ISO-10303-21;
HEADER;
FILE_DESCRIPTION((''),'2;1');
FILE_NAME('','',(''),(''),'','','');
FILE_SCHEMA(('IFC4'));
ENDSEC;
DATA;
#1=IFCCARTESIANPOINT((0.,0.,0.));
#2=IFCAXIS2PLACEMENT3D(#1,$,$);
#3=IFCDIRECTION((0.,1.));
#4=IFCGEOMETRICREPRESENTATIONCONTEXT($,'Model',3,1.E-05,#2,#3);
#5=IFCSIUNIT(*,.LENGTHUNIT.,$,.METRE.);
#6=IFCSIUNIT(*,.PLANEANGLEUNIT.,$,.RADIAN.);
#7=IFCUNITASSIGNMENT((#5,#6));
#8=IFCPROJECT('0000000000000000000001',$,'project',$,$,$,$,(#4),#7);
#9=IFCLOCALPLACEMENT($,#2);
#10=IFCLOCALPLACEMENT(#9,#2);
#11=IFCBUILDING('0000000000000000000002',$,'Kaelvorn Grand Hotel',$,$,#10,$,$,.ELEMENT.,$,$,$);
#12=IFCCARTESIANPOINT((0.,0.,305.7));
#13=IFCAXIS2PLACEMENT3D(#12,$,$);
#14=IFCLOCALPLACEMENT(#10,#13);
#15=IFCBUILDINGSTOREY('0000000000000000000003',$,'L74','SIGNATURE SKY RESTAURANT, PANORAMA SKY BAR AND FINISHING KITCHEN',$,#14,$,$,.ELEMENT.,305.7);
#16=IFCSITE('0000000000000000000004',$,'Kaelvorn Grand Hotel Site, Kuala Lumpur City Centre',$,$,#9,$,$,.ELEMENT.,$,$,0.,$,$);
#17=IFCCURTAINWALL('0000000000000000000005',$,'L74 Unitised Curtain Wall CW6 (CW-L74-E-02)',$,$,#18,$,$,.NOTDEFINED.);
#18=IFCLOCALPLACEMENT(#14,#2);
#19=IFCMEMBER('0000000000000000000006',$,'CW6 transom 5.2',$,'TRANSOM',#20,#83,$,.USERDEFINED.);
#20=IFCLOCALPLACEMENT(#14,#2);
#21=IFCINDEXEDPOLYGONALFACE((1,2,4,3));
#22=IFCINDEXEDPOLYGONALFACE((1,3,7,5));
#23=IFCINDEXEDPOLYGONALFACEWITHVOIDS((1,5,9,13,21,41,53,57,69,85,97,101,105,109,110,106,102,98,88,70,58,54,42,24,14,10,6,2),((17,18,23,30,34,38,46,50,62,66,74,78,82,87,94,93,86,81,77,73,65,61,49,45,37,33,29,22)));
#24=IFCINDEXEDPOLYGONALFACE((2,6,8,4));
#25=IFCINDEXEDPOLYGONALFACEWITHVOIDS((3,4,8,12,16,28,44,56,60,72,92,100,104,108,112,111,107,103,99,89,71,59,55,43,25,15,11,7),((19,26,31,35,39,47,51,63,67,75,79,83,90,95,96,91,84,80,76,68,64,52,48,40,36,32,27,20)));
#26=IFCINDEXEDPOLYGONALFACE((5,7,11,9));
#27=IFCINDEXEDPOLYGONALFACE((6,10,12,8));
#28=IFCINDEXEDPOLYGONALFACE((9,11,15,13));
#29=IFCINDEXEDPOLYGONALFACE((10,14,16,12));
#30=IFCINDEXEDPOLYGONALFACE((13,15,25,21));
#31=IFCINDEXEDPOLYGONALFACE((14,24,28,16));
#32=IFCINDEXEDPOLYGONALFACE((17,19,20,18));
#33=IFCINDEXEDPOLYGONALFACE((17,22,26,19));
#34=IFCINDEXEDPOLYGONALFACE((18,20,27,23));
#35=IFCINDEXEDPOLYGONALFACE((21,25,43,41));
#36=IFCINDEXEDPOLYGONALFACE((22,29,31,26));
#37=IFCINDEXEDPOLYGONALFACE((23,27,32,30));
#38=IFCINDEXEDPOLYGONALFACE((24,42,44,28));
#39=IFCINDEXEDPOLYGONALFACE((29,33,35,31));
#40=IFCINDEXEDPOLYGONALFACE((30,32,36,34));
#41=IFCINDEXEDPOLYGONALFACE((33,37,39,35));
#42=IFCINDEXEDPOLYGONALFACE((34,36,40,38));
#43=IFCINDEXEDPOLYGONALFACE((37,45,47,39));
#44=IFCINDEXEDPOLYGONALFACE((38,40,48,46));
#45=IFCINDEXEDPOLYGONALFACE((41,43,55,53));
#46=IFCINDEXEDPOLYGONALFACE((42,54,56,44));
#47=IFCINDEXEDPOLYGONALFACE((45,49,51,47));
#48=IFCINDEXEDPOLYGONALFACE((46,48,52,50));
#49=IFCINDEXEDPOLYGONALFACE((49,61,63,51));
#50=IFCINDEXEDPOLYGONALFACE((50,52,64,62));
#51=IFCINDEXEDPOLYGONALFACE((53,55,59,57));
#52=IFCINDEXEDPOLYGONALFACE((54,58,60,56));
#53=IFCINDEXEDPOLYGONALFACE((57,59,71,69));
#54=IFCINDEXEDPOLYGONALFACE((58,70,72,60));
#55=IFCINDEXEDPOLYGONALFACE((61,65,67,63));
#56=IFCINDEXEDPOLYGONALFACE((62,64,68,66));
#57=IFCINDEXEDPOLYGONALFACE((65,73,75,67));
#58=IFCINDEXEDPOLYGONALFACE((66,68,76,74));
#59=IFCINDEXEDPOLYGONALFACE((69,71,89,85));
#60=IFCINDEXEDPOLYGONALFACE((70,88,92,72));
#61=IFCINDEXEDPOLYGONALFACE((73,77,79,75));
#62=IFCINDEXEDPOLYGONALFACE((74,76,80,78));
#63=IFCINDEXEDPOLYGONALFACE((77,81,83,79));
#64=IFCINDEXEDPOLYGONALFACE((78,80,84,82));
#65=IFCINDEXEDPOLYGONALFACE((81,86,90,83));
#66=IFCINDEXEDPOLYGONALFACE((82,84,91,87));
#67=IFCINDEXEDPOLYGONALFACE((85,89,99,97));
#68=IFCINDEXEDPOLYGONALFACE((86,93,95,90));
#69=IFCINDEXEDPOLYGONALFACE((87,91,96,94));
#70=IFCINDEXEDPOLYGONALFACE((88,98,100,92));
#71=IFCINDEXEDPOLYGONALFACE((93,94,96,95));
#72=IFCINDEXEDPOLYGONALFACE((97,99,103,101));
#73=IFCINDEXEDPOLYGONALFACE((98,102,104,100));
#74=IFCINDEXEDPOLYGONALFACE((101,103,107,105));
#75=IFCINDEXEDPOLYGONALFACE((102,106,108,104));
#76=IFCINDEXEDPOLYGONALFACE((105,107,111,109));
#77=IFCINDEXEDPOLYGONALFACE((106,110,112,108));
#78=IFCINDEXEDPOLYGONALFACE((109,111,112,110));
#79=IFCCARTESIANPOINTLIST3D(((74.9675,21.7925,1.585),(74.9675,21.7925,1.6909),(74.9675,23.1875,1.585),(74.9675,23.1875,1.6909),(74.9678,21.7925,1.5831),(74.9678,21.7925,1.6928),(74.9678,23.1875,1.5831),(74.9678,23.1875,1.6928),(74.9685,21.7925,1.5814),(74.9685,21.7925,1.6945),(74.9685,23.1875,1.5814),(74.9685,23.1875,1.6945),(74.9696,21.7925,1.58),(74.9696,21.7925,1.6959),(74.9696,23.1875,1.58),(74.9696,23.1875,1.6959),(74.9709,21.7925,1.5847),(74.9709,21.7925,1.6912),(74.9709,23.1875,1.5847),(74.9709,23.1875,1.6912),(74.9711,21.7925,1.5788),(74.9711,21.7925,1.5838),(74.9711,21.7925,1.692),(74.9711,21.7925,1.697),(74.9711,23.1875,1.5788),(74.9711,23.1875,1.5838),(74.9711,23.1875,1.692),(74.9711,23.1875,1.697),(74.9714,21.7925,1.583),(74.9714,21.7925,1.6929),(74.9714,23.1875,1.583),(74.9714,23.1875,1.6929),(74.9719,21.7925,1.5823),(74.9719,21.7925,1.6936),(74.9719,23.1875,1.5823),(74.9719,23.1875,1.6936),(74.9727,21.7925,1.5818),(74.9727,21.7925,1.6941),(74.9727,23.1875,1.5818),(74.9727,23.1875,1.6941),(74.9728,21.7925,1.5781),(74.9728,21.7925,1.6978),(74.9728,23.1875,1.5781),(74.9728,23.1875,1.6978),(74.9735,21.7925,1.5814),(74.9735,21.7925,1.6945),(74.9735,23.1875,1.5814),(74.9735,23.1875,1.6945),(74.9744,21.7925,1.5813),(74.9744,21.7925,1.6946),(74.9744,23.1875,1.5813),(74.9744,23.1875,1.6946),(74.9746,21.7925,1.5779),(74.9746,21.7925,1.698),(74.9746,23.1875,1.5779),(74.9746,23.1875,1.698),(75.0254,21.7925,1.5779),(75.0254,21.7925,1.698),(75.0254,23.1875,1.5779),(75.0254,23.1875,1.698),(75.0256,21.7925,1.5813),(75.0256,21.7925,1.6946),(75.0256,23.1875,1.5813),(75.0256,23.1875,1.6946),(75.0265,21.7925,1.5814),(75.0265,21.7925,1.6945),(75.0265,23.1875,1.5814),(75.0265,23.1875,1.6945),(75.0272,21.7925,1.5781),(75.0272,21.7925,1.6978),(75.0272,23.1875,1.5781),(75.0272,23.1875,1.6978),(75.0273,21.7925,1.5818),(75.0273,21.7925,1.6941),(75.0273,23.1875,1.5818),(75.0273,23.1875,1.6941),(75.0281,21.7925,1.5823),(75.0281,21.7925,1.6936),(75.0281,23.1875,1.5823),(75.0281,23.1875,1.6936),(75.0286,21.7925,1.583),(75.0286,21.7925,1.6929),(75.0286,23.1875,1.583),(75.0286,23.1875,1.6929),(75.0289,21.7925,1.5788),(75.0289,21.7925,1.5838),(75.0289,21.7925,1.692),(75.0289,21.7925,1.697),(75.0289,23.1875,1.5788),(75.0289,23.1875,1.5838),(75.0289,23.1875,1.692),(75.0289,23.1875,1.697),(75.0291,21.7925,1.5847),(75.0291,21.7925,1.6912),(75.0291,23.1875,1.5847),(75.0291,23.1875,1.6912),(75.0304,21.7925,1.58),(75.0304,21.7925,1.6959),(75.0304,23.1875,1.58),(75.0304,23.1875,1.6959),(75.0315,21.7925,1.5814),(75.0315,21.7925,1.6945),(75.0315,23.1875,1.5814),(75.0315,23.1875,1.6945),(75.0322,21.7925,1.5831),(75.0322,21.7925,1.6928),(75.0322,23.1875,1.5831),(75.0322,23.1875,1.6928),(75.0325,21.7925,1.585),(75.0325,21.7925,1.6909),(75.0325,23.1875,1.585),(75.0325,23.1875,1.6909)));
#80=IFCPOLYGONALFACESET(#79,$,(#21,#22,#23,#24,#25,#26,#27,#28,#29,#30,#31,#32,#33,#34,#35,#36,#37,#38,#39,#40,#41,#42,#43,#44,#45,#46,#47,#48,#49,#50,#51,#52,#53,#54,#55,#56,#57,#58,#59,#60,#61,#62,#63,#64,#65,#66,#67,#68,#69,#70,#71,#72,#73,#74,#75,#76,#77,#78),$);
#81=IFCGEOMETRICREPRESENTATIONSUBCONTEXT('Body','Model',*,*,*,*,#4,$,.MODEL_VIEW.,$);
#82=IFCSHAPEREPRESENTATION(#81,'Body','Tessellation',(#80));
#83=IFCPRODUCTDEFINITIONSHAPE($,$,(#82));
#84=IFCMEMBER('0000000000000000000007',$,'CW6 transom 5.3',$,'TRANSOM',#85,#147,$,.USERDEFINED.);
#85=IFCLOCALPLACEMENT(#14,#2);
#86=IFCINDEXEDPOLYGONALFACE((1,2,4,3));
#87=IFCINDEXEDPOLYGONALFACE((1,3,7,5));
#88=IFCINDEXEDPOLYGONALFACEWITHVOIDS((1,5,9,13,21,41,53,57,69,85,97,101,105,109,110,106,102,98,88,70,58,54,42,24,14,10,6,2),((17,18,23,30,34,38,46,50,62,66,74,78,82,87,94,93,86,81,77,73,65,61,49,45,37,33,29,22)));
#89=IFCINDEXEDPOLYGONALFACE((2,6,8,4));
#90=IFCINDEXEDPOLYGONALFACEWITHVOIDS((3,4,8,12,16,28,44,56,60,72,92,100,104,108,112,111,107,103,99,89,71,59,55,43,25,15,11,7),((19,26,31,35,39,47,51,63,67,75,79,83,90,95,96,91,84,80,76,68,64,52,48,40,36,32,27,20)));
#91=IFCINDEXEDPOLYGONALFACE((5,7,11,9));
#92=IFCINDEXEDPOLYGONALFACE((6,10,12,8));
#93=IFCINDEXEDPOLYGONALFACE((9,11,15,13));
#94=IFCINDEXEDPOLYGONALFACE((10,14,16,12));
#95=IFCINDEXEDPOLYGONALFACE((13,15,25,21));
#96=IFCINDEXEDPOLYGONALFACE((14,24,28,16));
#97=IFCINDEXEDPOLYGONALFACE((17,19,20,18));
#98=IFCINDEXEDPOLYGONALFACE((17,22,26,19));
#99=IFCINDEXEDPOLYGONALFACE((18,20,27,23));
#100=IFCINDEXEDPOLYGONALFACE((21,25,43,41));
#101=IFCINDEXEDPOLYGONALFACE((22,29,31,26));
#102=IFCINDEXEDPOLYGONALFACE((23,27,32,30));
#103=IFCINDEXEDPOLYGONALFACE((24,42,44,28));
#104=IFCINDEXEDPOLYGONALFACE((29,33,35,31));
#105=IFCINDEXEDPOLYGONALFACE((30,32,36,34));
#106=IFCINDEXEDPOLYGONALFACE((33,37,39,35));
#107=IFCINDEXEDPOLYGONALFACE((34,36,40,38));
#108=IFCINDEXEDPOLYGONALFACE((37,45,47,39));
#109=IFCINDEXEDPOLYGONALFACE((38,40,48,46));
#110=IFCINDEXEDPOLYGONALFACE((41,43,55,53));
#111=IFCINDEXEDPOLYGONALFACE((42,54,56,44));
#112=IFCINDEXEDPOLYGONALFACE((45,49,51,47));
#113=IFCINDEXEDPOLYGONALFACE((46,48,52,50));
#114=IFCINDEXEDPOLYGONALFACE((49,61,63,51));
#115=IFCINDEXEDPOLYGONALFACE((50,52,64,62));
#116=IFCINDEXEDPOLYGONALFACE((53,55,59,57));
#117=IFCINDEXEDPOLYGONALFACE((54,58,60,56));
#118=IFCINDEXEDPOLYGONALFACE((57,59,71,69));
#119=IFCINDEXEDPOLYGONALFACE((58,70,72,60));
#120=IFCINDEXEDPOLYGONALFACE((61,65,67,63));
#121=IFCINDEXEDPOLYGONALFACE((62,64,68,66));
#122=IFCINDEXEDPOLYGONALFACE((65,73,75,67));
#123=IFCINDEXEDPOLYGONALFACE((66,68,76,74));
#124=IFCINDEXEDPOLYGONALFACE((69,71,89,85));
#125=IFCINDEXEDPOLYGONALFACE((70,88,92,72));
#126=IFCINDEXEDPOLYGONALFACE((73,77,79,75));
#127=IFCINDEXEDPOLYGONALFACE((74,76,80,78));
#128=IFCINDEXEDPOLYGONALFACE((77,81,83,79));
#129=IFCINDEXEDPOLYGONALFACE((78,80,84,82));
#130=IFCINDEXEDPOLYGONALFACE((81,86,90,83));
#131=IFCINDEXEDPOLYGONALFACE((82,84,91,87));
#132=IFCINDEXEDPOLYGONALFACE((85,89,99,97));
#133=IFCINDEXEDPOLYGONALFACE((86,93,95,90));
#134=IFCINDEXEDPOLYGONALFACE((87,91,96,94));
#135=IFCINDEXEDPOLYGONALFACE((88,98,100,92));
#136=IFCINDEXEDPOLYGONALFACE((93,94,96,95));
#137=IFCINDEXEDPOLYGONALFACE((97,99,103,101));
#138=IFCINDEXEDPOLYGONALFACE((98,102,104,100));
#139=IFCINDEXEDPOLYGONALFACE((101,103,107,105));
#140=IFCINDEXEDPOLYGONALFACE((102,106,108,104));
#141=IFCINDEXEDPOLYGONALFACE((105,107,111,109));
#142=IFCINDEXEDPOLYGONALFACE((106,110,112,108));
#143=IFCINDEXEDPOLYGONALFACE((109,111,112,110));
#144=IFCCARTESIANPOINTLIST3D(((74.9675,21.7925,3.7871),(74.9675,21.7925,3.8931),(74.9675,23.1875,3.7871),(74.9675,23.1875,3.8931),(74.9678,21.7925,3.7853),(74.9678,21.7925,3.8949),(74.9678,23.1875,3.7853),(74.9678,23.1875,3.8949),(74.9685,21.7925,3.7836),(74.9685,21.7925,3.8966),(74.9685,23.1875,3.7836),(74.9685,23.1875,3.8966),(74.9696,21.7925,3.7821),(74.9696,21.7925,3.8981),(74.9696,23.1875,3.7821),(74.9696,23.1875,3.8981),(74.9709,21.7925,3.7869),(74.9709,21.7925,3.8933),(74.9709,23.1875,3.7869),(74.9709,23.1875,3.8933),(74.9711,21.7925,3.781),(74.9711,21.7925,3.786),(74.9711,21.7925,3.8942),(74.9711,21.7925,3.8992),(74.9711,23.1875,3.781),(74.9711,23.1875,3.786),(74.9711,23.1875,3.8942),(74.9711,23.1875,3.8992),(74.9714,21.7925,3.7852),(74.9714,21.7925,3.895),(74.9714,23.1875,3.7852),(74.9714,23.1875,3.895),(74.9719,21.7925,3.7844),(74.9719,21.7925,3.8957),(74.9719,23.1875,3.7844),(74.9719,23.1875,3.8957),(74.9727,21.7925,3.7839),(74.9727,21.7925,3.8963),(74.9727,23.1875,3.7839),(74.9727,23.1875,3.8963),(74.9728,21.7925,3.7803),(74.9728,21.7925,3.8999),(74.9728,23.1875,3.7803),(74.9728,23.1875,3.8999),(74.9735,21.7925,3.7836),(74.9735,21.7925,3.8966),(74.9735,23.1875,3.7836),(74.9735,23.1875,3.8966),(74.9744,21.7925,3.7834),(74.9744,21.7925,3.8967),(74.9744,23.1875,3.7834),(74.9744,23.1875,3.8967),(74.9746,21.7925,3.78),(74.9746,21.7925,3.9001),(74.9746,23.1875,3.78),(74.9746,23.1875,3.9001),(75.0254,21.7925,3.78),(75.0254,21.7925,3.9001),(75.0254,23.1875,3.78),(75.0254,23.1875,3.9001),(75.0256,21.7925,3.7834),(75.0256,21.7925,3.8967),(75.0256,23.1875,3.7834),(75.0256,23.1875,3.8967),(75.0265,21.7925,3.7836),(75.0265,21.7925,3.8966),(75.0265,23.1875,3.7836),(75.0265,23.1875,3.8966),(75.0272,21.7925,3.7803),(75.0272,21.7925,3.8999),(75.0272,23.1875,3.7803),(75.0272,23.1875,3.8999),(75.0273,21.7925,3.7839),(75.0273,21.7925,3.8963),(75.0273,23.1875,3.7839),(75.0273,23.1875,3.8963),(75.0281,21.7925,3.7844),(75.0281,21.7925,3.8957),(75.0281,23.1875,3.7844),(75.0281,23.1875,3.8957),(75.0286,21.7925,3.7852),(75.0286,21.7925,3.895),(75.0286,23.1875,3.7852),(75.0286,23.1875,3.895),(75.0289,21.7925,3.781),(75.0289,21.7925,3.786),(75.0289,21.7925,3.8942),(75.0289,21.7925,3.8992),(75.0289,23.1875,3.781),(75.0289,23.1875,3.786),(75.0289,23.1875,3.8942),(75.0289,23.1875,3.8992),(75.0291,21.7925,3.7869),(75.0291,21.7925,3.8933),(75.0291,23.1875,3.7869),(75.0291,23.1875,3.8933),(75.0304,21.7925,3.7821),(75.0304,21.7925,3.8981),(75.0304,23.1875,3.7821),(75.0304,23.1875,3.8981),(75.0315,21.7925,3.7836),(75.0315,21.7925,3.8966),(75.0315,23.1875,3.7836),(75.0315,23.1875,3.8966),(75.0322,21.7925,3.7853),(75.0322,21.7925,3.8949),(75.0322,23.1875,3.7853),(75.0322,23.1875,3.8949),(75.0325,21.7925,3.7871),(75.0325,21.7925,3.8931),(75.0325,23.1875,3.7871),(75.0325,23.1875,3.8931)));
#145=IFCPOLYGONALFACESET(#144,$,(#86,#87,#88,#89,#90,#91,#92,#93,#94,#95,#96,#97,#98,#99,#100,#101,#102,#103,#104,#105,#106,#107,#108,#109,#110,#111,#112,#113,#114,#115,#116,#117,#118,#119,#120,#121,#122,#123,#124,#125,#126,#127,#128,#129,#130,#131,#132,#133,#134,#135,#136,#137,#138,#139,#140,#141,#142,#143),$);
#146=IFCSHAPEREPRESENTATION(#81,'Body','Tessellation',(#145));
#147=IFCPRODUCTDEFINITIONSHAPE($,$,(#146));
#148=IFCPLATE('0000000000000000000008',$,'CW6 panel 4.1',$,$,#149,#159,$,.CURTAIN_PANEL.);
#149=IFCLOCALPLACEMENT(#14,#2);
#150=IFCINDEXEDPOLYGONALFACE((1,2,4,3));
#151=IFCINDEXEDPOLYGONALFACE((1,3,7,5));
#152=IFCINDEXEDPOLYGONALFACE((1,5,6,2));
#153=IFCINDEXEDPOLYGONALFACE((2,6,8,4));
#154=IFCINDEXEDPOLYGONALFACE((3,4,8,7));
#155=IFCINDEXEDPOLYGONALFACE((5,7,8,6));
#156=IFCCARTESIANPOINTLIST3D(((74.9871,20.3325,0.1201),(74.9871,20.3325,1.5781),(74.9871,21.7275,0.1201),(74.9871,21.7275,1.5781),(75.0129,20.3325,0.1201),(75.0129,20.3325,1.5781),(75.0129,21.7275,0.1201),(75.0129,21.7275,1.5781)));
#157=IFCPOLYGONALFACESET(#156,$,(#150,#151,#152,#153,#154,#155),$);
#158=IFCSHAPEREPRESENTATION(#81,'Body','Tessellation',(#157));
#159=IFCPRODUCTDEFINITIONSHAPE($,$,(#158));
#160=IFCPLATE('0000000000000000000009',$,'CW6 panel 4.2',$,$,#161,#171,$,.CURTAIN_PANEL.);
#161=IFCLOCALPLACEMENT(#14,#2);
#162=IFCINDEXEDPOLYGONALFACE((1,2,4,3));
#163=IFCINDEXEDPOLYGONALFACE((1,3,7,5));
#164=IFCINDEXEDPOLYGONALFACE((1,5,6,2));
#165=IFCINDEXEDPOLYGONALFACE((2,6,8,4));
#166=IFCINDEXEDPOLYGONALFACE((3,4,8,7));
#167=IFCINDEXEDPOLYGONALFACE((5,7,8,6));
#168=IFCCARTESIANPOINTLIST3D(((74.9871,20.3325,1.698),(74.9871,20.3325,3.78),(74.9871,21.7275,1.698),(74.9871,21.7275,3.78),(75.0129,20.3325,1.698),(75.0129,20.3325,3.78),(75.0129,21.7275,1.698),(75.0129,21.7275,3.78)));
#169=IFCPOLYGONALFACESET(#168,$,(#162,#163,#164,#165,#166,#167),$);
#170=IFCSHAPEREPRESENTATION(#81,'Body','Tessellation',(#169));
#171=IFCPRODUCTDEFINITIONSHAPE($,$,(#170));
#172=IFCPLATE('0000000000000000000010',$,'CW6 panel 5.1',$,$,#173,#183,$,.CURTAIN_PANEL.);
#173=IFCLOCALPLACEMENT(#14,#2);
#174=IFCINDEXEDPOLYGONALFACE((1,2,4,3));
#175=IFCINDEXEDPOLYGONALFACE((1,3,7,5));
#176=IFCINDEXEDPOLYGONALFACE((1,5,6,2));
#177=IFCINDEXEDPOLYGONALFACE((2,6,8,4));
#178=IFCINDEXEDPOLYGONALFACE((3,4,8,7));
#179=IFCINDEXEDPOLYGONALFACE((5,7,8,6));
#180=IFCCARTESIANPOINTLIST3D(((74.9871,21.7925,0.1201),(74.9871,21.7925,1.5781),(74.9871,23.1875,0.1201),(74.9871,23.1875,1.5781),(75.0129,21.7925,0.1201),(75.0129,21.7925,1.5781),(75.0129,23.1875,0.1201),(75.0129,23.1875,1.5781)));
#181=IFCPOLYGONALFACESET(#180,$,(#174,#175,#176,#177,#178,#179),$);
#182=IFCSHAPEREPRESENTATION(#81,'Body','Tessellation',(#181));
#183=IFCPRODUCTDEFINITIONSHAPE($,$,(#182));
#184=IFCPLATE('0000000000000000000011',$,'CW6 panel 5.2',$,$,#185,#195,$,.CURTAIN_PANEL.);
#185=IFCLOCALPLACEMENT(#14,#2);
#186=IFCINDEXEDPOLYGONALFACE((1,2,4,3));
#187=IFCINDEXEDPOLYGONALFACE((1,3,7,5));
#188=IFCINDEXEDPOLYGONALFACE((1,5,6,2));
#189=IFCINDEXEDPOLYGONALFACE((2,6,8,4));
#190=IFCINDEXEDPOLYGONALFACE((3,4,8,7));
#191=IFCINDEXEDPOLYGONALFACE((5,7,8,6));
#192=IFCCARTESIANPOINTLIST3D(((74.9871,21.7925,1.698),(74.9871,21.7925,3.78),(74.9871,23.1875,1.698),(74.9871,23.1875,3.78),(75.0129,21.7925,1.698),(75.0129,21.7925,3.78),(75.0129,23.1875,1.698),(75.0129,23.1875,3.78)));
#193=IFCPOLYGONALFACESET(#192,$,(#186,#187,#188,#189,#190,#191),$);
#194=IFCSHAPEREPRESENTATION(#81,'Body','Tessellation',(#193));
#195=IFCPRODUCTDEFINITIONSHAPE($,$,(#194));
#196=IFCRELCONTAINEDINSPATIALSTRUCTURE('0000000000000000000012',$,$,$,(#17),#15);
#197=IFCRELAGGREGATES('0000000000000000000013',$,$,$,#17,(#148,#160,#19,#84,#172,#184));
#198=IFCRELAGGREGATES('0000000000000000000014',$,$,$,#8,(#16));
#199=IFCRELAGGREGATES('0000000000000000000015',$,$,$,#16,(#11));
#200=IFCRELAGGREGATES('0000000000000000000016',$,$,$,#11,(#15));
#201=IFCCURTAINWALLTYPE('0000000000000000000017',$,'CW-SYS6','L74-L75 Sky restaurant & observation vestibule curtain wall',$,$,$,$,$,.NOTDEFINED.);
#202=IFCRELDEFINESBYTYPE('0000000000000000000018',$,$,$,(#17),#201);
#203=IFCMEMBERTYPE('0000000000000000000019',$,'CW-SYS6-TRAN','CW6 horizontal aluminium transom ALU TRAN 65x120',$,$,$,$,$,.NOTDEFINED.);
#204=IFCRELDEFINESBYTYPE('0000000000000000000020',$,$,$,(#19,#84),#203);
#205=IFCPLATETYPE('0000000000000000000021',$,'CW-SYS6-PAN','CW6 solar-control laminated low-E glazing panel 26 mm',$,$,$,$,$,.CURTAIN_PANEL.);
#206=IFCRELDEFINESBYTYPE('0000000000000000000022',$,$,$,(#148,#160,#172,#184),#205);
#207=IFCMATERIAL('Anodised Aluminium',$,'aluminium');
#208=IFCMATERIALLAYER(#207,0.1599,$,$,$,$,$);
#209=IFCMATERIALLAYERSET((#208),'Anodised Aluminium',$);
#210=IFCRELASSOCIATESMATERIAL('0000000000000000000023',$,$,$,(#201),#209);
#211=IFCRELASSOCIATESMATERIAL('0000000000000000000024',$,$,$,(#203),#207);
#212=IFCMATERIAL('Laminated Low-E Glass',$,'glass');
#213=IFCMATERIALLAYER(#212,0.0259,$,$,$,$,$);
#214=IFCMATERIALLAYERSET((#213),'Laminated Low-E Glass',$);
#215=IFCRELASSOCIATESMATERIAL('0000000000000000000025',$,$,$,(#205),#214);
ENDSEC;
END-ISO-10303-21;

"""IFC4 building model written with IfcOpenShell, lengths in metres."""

from ifc_helpers import new_model, si_unit, direction, frame, origin, origin_2d, place, context, subcontext, project, spatial, rectangle, hollow_rectangle, extrude, material, layer, layer_set, material_profile, profile_set, type_object, element, aggregate, save


model = new_model("IFC4")

# Units and contexts
model_context = context("Model", 3, precision=1e-05, world=origin(), true_north=direction((0.0, 1.0)))
body_context = subcontext(model_context, "Body", "Model", "MODEL_VIEW")
ifc_project = project(units=[si_unit("LENGTHUNIT", "METRE"), si_unit("PLANEANGLEUNIT", "RADIAN")], contexts=[model_context])

# Site, building, storey
site_placement = place(None, origin())
site = spatial("IfcSite", under=ifc_project, at=site_placement, Name="Kaelvorn Grand Hotel Site, Kuala Lumpur City Centre", CompositionType="ELEMENT", RefElevation=0.0)
building_placement = place(site_placement, origin())
building = spatial("IfcBuilding", under=site, at=building_placement, Name="Kaelvorn Grand Hotel", CompositionType="ELEMENT")
storey_placement = place(building_placement, frame((0.0, 0.0, 305.7)))
storey = spatial("IfcBuildingStorey", under=building, at=storey_placement, Name="L74", Description="SIGNATURE SKY RESTAURANT, PANORAMA SKY BAR AND FINISHING KITCHEN", CompositionType="ELEMENT", Elevation=305.7)

# Curtain wall, members, plates
ifc_material_1 = material(Name="Anodised Aluminium", Category="aluminium")
ifc_layer_1 = layer(ifc_material_1, 0.1599)
ifc_layer_set_1 = layer_set([ifc_layer_1], Name="Anodised Aluminium")
curtain_wall_type = type_object("IfcCurtainWallType", Name="CW-SYS6", Description="L74-L75 Sky restaurant & observation vestibule curtain wall", PredefinedType="NOTDEFINED", material=ifc_layer_set_1)
curtain_wall_placement = place(storey_placement, origin())
curtain_wall = element("IfcCurtainWall", 1, at=curtain_wall_placement, inside=storey, type_object=curtain_wall_type, Name="L74 Unitised Curtain Wall CW6 (CW-L74-E-02)", PredefinedType="NOTDEFINED")
ifc_material_profile_1 = material_profile(ifc_material_1, hollow_rectangle(XDim=0.0649, YDim=0.1201, WallThickness=0.0034, InnerFilletRadius=0.0034, OuterFilletRadius=0.0071, at=origin_2d()), Name="ALU TRAN 65x120")
ifc_profile_set_1 = profile_set([ifc_material_profile_1], Name="Anodised Aluminium")
member_type_1 = type_object("IfcMemberType", Name="CW-SYS6-TRAN", Description="CW6 horizontal aluminium transom ALU TRAN 65x120", PredefinedType="NOTDEFINED", material=ifc_profile_set_1)
member_1_placement = place(storey_placement, frame((75.0, 21.7925, 1.6379), z_axis=(0.0, 1.0, 0.0), x_axis=(-1.0, 0.0, 0.0)))
member_1 = element("IfcMember", 2, at=member_1_placement, type_object=member_type_1, Name="CW6 transom 5.2", ObjectType="TRANSOM", PredefinedType="USERDEFINED", context=body_context, shape_type="SweptSolid", body=[
    extrude(hollow_rectangle(XDim=0.0649, YDim=0.1201, WallThickness=0.0034, InnerFilletRadius=0.0034, OuterFilletRadius=0.0071, at=origin_2d()), origin(), (0.0, 0.0, 1.0), 1.395),
])
member_2_placement = place(storey_placement, frame((75.0, 21.7925, 3.8401), z_axis=(0.0, 1.0, 0.0), x_axis=(-1.0, 0.0, 0.0)))
member_2 = element("IfcMember", 3, at=member_2_placement, type_object=member_type_1, Name="CW6 transom 5.3", ObjectType="TRANSOM", PredefinedType="USERDEFINED", context=body_context, shape_type="SweptSolid", body=[
    extrude(hollow_rectangle(XDim=0.0649, YDim=0.1201, WallThickness=0.0034, InnerFilletRadius=0.0034, OuterFilletRadius=0.0071, at=origin_2d()), origin(), (0.0, 0.0, 1.0), 1.395),
])
ifc_material_2 = material(Name="Laminated Low-E Glass", Category="glass")
ifc_layer_2 = layer(ifc_material_2, 0.0259)
ifc_layer_set_2 = layer_set([ifc_layer_2], Name="Laminated Low-E Glass")
plate_type = type_object("IfcPlateType", Name="CW-SYS6-PAN", Description="CW6 solar-control laminated low-E glazing panel 26 mm", PredefinedType="CURTAIN_PANEL", material=ifc_layer_set_2)
plate_1_placement = place(storey_placement, frame((75.0, 21.03, 0.1201), z_axis=(0.0, 0.0, 1.0), x_axis=(0.0, 1.0, 0.0)))
plate_1 = element("IfcPlate", 4, at=plate_1_placement, type_object=plate_type, Name="CW6 panel 4.1", PredefinedType="CURTAIN_PANEL", context=body_context, shape_type="SweptSolid", body=[
    extrude(rectangle(XDim=1.395, YDim=0.0259, at=origin_2d()), origin(), (0.0, 0.0, 1.0), 1.458),
])
plate_2_placement = place(storey_placement, frame((75.0, 21.03, 1.698), z_axis=(0.0, 0.0, 1.0), x_axis=(0.0, 1.0, 0.0)))
plate_2 = element("IfcPlate", 5, at=plate_2_placement, type_object=plate_type, Name="CW6 panel 4.2", PredefinedType="CURTAIN_PANEL", context=body_context, shape_type="SweptSolid", body=[
    extrude(rectangle(XDim=1.395, YDim=0.0259, at=origin_2d()), origin(), (0.0, 0.0, 1.0), 2.082),
])
plate_3_placement = place(storey_placement, frame((75.0, 22.49, 0.1201), z_axis=(0.0, 0.0, 1.0), x_axis=(0.0, 1.0, 0.0)))
plate_3 = element("IfcPlate", 6, at=plate_3_placement, type_object=plate_type, Name="CW6 panel 5.1", PredefinedType="CURTAIN_PANEL", context=body_context, shape_type="SweptSolid", body=[
    extrude(rectangle(XDim=1.395, YDim=0.0259, at=origin_2d()), origin(), (0.0, 0.0, 1.0), 1.458),
])
plate_4_placement = place(storey_placement, frame((75.0, 22.49, 1.698), z_axis=(0.0, 0.0, 1.0), x_axis=(0.0, 1.0, 0.0)))
plate_4 = element("IfcPlate", 7, at=plate_4_placement, type_object=plate_type, Name="CW6 panel 5.2", PredefinedType="CURTAIN_PANEL", context=body_context, shape_type="SweptSolid", body=[
    extrude(rectangle(XDim=1.395, YDim=0.0259, at=origin_2d()), origin(), (0.0, 0.0, 1.0), 2.082),
])
aggregate(curtain_wall, [plate_1, plate_2, member_1, member_2, plate_3, plate_4])

save(model, "model.ifc")
